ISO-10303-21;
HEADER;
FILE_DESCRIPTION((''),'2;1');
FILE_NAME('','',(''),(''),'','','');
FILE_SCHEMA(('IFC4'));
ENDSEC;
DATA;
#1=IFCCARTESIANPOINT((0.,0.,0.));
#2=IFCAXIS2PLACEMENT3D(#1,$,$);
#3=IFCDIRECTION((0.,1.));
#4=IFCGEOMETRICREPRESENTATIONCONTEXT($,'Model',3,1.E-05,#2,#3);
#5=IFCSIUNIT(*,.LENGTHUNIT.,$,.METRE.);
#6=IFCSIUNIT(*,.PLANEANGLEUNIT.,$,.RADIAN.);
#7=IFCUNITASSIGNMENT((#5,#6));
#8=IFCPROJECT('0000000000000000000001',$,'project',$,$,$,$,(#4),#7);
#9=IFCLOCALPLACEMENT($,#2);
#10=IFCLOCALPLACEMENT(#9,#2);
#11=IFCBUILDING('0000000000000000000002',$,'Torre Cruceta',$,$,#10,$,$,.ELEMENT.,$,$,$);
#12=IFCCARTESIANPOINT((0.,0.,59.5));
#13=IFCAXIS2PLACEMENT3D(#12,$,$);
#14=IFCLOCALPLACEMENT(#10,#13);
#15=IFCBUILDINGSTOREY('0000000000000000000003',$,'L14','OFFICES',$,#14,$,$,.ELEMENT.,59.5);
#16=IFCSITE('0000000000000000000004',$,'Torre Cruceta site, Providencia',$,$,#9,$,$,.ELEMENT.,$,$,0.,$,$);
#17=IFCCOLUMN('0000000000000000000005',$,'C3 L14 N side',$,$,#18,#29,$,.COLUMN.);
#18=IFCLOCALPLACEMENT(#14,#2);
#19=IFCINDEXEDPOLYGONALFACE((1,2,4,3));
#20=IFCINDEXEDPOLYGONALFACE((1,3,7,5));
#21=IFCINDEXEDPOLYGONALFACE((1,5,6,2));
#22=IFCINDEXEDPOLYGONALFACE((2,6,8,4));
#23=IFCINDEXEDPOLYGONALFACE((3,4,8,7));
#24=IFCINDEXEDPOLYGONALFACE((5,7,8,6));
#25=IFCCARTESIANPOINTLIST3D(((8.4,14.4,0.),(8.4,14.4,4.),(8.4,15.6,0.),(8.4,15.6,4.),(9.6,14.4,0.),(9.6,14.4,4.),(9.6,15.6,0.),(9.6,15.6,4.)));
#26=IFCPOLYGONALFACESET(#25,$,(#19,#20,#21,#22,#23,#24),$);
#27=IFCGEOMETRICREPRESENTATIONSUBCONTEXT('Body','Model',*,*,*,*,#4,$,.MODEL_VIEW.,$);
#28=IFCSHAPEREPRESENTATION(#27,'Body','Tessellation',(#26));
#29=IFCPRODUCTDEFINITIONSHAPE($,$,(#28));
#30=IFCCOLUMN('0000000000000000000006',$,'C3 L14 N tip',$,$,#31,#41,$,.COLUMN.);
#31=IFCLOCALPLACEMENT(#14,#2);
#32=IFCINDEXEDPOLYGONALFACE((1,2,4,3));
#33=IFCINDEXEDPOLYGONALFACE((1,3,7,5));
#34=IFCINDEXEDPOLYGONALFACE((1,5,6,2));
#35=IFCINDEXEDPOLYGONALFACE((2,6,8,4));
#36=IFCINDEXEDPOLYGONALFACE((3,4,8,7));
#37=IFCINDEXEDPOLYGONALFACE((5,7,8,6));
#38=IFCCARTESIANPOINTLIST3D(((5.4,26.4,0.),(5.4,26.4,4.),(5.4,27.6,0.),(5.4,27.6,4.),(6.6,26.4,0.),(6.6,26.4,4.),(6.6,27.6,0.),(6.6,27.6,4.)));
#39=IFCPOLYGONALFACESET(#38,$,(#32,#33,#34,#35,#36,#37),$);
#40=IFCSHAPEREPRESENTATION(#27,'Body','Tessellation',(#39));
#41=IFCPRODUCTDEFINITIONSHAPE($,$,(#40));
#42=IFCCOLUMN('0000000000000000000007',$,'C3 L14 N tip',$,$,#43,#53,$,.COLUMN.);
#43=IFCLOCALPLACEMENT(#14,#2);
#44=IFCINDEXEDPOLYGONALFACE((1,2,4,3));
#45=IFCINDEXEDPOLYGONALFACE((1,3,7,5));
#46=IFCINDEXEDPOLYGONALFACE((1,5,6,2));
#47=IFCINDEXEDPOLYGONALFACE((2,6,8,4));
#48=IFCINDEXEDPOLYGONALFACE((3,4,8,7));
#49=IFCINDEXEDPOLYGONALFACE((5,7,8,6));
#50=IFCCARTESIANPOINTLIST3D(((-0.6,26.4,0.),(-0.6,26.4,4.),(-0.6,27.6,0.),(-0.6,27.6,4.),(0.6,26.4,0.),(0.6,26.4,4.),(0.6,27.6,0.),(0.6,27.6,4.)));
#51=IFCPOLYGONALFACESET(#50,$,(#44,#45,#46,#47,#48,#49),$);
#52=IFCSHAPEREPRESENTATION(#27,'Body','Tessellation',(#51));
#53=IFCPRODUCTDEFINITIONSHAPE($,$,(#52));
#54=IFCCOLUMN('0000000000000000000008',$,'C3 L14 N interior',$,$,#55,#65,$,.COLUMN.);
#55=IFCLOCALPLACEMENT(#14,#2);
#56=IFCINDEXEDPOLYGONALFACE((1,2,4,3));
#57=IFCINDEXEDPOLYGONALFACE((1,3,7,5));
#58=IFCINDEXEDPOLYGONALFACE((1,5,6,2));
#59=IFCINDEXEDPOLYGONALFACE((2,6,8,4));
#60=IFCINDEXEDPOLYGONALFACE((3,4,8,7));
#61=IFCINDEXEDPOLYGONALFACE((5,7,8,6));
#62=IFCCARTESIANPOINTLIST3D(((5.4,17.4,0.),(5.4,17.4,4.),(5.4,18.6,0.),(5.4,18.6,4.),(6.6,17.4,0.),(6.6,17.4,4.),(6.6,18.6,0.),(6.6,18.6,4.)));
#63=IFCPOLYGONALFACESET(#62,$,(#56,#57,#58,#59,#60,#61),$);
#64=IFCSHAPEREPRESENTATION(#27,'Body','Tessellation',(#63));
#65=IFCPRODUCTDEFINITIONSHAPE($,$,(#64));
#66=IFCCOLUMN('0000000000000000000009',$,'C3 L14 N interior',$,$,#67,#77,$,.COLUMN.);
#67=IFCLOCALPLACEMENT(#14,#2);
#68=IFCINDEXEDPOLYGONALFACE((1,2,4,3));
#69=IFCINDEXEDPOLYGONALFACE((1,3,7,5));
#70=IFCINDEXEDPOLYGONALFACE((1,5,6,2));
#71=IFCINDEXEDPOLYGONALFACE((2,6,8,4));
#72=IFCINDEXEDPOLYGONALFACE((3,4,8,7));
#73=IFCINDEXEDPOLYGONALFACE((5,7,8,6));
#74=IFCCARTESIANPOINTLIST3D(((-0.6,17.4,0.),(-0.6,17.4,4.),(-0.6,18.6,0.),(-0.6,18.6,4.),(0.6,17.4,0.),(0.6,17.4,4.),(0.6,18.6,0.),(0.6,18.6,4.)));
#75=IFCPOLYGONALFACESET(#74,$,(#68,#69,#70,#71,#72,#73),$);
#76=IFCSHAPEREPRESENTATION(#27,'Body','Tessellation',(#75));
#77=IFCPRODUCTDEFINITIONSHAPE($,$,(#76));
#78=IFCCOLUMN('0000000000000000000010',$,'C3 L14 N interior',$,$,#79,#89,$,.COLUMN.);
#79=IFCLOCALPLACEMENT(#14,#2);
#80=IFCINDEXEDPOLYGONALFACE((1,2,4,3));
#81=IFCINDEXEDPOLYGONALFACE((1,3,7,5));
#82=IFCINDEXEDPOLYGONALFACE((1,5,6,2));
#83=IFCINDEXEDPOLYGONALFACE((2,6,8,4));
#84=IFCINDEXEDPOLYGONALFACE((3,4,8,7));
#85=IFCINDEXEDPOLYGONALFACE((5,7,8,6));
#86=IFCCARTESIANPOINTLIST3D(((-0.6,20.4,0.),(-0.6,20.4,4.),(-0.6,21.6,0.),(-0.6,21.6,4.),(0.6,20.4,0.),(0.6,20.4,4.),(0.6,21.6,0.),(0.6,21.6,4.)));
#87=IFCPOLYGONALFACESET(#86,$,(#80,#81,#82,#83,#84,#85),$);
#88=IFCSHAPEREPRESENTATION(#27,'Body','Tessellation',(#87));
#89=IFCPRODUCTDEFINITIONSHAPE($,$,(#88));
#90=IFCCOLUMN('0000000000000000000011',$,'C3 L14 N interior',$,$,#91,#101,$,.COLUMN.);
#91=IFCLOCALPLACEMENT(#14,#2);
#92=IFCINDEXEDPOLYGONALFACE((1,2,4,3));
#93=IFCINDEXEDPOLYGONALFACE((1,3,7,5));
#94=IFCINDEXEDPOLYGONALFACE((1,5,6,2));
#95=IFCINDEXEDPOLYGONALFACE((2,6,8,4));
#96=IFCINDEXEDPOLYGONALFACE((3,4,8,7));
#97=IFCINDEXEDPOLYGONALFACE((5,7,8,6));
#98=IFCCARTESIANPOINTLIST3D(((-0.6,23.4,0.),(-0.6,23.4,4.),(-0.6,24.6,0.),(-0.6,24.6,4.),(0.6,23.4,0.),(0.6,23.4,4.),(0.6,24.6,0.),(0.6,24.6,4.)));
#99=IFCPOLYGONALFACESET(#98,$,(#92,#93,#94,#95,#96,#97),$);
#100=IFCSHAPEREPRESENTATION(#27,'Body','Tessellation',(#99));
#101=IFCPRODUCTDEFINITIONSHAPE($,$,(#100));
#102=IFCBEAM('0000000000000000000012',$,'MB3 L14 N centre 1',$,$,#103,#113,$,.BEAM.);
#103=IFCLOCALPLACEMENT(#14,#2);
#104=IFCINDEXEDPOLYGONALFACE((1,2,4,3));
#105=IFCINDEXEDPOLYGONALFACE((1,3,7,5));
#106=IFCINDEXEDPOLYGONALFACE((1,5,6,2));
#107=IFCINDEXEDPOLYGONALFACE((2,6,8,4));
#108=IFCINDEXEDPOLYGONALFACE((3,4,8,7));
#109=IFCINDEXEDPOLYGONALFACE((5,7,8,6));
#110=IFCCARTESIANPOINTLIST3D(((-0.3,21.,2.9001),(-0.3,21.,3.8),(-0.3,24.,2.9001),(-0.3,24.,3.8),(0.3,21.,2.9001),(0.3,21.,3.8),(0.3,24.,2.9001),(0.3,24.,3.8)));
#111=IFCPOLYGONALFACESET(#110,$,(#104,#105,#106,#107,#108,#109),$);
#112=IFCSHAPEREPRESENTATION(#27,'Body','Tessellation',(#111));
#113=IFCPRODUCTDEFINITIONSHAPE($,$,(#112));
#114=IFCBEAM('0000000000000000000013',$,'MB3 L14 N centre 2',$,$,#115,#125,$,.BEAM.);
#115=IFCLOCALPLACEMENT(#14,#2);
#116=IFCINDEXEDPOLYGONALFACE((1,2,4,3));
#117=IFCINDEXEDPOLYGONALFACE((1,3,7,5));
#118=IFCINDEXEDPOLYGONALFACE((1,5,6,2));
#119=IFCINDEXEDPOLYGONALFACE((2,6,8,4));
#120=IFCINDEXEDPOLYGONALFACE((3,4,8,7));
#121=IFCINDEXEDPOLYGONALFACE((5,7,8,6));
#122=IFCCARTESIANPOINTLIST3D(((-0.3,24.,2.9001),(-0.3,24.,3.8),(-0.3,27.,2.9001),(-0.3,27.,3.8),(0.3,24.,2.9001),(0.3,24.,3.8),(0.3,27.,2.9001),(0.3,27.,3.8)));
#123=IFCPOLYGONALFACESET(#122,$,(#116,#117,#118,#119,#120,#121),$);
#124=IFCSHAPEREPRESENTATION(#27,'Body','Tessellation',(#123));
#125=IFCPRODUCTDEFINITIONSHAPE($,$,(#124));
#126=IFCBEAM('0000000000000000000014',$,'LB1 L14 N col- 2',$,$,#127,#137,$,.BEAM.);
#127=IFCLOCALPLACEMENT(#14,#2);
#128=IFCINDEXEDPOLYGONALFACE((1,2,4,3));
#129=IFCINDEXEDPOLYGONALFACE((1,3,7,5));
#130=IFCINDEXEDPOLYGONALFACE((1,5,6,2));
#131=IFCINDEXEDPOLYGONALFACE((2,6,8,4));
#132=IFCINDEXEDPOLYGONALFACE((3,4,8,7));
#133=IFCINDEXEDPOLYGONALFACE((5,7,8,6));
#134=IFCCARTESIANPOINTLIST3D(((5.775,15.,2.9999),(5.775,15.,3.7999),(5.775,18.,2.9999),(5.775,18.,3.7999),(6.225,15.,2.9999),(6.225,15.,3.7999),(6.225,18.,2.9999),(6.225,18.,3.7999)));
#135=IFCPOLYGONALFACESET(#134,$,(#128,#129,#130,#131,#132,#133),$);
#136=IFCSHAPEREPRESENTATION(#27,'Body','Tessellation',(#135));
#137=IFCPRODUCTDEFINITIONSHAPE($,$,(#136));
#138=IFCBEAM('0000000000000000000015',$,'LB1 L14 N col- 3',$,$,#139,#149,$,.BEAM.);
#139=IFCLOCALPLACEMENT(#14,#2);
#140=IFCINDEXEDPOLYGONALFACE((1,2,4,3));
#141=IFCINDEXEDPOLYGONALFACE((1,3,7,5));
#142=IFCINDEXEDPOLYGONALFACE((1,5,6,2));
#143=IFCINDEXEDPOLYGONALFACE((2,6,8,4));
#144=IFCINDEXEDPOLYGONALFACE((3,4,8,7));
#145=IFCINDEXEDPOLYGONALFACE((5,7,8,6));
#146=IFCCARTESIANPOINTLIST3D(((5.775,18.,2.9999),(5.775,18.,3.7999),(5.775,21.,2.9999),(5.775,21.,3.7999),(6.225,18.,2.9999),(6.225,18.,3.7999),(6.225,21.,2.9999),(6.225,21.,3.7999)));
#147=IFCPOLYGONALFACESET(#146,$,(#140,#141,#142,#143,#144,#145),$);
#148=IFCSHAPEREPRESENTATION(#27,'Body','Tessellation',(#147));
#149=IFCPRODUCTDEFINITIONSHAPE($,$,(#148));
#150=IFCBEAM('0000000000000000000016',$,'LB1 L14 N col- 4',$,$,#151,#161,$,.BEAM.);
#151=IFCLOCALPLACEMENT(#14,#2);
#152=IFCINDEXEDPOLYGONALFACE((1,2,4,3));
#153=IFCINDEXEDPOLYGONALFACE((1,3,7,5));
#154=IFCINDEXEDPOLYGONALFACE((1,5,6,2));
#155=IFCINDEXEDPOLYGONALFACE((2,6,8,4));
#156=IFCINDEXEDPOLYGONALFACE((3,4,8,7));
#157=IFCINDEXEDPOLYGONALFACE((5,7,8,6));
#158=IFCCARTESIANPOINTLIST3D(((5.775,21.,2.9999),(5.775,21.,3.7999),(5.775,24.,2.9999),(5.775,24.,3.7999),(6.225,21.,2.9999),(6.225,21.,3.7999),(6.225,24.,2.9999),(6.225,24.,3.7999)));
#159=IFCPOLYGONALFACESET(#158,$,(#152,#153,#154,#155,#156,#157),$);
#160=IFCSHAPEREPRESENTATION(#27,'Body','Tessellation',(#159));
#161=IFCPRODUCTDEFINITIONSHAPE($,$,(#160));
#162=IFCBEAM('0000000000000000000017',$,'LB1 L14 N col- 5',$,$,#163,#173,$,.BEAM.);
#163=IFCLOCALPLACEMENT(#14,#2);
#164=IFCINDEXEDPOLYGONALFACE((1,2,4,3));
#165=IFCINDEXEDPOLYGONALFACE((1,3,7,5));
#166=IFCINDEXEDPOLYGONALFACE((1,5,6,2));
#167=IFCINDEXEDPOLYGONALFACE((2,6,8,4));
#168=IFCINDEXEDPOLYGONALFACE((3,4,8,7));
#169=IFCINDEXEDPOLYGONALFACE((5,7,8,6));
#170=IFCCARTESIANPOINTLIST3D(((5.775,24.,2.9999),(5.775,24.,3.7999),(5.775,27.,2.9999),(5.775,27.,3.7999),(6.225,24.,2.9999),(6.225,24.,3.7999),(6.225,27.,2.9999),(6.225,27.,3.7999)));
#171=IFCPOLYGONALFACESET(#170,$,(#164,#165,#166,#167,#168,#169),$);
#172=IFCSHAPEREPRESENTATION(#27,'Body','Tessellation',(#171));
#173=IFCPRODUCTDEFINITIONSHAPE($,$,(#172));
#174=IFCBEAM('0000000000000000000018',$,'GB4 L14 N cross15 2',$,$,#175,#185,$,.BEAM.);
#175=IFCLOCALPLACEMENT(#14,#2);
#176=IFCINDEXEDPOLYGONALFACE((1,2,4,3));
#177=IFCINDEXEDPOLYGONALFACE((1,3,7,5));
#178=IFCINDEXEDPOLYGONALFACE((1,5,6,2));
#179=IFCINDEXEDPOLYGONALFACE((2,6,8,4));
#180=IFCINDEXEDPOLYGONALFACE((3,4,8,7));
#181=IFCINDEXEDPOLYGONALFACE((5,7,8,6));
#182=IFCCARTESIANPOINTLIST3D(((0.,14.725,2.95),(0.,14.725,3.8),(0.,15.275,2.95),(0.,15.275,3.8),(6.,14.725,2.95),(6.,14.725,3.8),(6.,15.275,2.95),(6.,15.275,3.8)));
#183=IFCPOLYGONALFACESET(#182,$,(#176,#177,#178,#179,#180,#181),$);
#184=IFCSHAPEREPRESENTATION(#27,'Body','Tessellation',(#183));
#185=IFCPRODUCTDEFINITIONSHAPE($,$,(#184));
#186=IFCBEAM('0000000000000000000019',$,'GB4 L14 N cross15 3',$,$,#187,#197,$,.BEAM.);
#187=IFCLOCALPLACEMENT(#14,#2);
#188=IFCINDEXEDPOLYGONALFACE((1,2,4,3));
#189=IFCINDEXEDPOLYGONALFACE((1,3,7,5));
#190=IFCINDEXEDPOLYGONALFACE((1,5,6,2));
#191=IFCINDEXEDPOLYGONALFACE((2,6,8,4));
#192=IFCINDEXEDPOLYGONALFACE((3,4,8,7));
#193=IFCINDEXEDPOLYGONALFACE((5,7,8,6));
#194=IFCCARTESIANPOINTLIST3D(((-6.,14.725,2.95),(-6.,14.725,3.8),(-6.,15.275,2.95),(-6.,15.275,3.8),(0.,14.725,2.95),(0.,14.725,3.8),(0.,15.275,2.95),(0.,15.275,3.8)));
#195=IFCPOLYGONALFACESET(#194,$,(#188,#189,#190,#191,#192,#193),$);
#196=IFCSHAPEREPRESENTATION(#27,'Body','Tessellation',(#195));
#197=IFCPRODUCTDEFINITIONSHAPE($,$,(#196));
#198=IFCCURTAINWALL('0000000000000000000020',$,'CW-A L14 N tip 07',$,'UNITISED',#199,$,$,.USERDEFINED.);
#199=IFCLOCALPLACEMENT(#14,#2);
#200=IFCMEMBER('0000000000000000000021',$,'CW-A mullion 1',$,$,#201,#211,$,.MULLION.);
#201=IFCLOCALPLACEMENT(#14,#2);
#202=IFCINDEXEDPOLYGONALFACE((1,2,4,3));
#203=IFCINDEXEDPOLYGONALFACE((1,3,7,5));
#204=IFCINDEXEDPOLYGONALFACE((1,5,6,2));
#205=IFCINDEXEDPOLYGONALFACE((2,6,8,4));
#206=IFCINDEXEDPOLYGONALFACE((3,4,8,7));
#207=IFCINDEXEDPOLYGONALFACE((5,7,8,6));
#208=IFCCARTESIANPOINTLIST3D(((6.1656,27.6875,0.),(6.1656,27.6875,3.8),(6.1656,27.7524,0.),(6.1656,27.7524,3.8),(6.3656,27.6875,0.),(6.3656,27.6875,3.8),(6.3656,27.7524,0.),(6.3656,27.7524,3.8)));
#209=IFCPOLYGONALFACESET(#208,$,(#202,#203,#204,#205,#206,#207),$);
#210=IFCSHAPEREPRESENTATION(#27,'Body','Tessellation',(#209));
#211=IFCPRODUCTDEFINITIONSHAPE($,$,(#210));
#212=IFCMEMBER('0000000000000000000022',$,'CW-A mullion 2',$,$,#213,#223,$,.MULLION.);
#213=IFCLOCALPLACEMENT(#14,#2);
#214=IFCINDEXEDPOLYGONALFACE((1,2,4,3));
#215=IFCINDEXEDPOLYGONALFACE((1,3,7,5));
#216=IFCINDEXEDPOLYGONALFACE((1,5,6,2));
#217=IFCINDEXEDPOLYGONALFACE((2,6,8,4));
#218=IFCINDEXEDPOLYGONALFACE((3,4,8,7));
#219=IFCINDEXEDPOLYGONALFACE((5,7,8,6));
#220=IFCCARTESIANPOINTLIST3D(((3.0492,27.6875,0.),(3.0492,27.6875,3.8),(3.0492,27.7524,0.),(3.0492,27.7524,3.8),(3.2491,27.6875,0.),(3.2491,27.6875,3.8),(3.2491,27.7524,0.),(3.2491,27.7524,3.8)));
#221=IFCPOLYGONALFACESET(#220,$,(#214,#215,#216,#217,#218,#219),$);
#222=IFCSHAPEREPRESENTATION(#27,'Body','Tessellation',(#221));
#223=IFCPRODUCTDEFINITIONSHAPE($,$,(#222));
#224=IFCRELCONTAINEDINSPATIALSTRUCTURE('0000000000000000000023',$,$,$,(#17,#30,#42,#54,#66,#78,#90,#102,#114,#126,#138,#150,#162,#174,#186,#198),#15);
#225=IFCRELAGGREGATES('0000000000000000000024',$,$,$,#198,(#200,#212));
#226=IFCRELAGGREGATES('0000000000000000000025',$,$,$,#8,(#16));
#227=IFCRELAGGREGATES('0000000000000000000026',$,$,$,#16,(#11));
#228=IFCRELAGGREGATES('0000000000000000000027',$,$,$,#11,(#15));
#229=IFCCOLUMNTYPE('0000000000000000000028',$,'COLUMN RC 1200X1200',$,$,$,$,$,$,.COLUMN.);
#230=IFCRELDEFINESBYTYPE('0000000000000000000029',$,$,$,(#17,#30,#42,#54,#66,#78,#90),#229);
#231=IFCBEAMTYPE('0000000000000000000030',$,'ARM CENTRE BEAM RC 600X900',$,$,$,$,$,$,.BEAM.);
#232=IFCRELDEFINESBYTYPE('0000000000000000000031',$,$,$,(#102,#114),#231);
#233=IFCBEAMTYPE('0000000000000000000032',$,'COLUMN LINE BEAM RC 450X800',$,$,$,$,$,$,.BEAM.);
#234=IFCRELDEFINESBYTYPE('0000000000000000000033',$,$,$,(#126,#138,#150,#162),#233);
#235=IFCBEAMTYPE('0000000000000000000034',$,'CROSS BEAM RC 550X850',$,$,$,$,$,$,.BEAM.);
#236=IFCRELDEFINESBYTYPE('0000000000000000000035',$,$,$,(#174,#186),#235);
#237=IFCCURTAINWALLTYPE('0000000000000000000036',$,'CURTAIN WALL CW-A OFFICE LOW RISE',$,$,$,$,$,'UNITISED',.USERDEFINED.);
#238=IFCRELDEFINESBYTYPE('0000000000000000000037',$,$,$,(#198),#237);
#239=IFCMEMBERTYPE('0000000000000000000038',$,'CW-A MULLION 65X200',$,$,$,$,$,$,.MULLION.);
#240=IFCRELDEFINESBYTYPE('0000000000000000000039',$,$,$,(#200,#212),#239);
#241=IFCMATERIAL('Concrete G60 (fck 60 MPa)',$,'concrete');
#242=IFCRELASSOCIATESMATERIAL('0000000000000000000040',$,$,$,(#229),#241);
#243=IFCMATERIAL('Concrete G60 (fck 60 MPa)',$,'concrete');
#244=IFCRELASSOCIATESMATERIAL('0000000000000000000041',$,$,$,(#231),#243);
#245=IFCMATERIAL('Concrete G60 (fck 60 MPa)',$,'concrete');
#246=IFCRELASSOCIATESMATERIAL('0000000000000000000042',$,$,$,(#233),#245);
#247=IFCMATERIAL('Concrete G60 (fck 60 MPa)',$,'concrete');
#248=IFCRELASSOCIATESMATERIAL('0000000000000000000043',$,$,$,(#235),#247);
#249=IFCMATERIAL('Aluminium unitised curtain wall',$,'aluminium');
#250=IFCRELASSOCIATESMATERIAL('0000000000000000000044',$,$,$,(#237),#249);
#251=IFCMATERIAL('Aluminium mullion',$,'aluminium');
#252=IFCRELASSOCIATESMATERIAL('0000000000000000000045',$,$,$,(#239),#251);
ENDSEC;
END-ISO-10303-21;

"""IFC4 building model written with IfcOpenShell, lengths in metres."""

from ifc_helpers import new_model, si_unit, direction, frame, origin, origin_2d, place, context, subcontext, project, spatial, rectangle, extrude, material, material_profile, profile_set, type_object, element, aggregate, save


model = new_model("IFC4")

# Units and contexts
model_context = context("Model", 3, precision=1e-05, world=origin(), true_north=direction((0.0, 1.0)))
body_context = subcontext(model_context, "Body", "Model", "MODEL_VIEW")
ifc_project = project(units=[si_unit("LENGTHUNIT", "METRE"), si_unit("PLANEANGLEUNIT", "RADIAN")], contexts=[model_context])

# Site, building, storey
site_placement = place(None, origin())
site = spatial("IfcSite", under=ifc_project, at=site_placement, Name="Torre Cruceta site, Providencia", CompositionType="ELEMENT", RefElevation=0.0)
building_placement = place(site_placement, origin())
building = spatial("IfcBuilding", under=site, at=building_placement, Name="Torre Cruceta", CompositionType="ELEMENT")
storey_placement = place(building_placement, frame((0.0, 0.0, 59.5)))
storey = spatial("IfcBuildingStorey", under=building, at=storey_placement, Name="L14", Description="OFFICES", CompositionType="ELEMENT", Elevation=59.5)

# Columns
ifc_material_1 = material(Name="Concrete G60 (fck 60 MPa)", Category="concrete")
ifc_material_profile_1 = material_profile(ifc_material_1, rectangle(XDim=1.2, YDim=1.2, at=origin_2d()), Name="RC 1200X1200")
ifc_profile_set_1 = profile_set([ifc_material_profile_1], Name="Concrete G60 (fck 60 MPa)")
column_type = type_object("IfcColumnType", Name="COLUMN RC 1200X1200", PredefinedType="COLUMN", material=ifc_profile_set_1)
for number, where, z_axis, x_axis, name in (
    (1, (9.0, 15.0, 0.0), (0.0, 0.0, 1.0), (1.0, 0.0, 0.0), "C3 L14 N side"),
    (2, (6.0, 27.0, 0.0), (0.0, 0.0, 1.0), (1.0, 0.0, 0.0), "C3 L14 N tip"),
    (3, (0.0, 27.0, 0.0), (0.0, 0.0, 1.0), (1.0, 0.0, 0.0), "C3 L14 N tip"),
    (4, (6.0, 18.0, 0.0), (0.0, 0.0, 1.0), (1.0, 0.0, 0.0), "C3 L14 N interior"),
    (5, (0.0, 18.0, 0.0), (0.0, 0.0, 1.0), (1.0, 0.0, 0.0), "C3 L14 N interior"),
    (6, (0.0, 21.0, 0.0), (0.0, 0.0, 1.0), (1.0, 0.0, 0.0), "C3 L14 N interior"),
    (7, (0.0, 24.0, 0.0), (0.0, 0.0, 1.0), (1.0, 0.0, 0.0), "C3 L14 N interior"),
):
    element("IfcColumn", number, at=place(storey_placement, frame(where, z_axis=z_axis, x_axis=x_axis)), inside=storey, type_object=column_type, Name=name, PredefinedType="COLUMN", context=body_context, shape_type="SweptSolid", body=[
        extrude(rectangle(XDim=1.2, YDim=1.2, at=origin_2d()), origin(), (0.0, 0.0, 1.0), 4.0),
    ])

# Beams
ifc_material_2 = material(Name="Concrete G60 (fck 60 MPa)", Category="concrete")
ifc_material_profile_2 = material_profile(ifc_material_2, rectangle(XDim=0.6001, YDim=0.8999, at=origin_2d()), Name="RC 600X900")
ifc_profile_set_2 = profile_set([ifc_material_profile_2], Name="Concrete G60 (fck 60 MPa)")
beam_type_1 = type_object("IfcBeamType", Name="ARM CENTRE BEAM RC 600X900", PredefinedType="BEAM", material=ifc_profile_set_2)
for number, where, z_axis, x_axis, name in (
    (8, (0.0, 21.0, 3.3501), (0.0, 1.0, 0.0), (-1.0, 0.0, 0.0), "MB3 L14 N centre 1"),
    (9, (0.0, 24.0, 3.3501), (0.0, 1.0, 0.0), (-1.0, 0.0, 0.0), "MB3 L14 N centre 2"),
):
    element("IfcBeam", number, at=place(storey_placement, frame(where, z_axis=z_axis, x_axis=x_axis)), inside=storey, type_object=beam_type_1, Name=name, PredefinedType="BEAM", context=body_context, shape_type="SweptSolid", body=[
        extrude(rectangle(XDim=0.6001, YDim=0.8999, at=origin_2d()), origin(), (0.0, 0.0, 1.0), 3.0),
    ])
ifc_material_3 = material(Name="Concrete G60 (fck 60 MPa)", Category="concrete")
ifc_material_profile_3 = material_profile(ifc_material_3, rectangle(XDim=0.45, YDim=0.8, at=origin_2d()), Name="RC 450X800")
ifc_profile_set_3 = profile_set([ifc_material_profile_3], Name="Concrete G60 (fck 60 MPa)")
beam_type_2 = type_object("IfcBeamType", Name="COLUMN LINE BEAM RC 450X800", PredefinedType="BEAM", material=ifc_profile_set_3)
for number, where, z_axis, x_axis, name in (
    (10, (6.0, 15.0, 3.3999), (0.0, 1.0, 0.0), (-1.0, 0.0, 0.0), "LB1 L14 N col- 2"),
    (11, (6.0, 18.0, 3.3999), (0.0, 1.0, 0.0), (-1.0, 0.0, 0.0), "LB1 L14 N col- 3"),
    (12, (6.0, 21.0, 3.3999), (0.0, 1.0, 0.0), (-1.0, 0.0, 0.0), "LB1 L14 N col- 4"),
    (13, (6.0, 24.0, 3.3999), (0.0, 1.0, 0.0), (-1.0, 0.0, 0.0), "LB1 L14 N col- 5"),
):
    element("IfcBeam", number, at=place(storey_placement, frame(where, z_axis=z_axis, x_axis=x_axis)), inside=storey, type_object=beam_type_2, Name=name, PredefinedType="BEAM", context=body_context, shape_type="SweptSolid", body=[
        extrude(rectangle(XDim=0.45, YDim=0.8, at=origin_2d()), origin(), (0.0, 0.0, 1.0), 3.0),
    ])
ifc_material_4 = material(Name="Concrete G60 (fck 60 MPa)", Category="concrete")
ifc_material_profile_4 = material_profile(ifc_material_4, rectangle(XDim=0.55, YDim=0.8501, at=origin_2d()), Name="RC 550X850")
ifc_profile_set_4 = profile_set([ifc_material_profile_4], Name="Concrete G60 (fck 60 MPa)")
beam_type_3 = type_object("IfcBeamType", Name="CROSS BEAM RC 550X850", PredefinedType="BEAM", material=ifc_profile_set_4)
for number, where, z_axis, x_axis, name in (
    (14, (6.0, 15.0, 3.375), (-1.0, 0.0, 0.0), (0.0, -1.0, 0.0), "GB4 L14 N cross15 2"),
    (15, (0.0, 15.0, 3.375), (-1.0, 0.0, 0.0), (0.0, -1.0, 0.0), "GB4 L14 N cross15 3"),
):
    element("IfcBeam", number, at=place(storey_placement, frame(where, z_axis=z_axis, x_axis=x_axis)), inside=storey, type_object=beam_type_3, Name=name, PredefinedType="BEAM", context=body_context, shape_type="SweptSolid", body=[
        extrude(rectangle(XDim=0.55, YDim=0.8501, at=origin_2d()), origin(), (0.0, 0.0, 1.0), 6.0),
    ])

# Curtain wall, members
ifc_material_5 = material(Name="Aluminium unitised curtain wall", Category="aluminium")
curtain_wall_type = type_object("IfcCurtainWallType", Name="CURTAIN WALL CW-A OFFICE LOW RISE", ElementType="UNITISED", PredefinedType="USERDEFINED", material=ifc_material_5)
curtain_wall_placement = place(storey_placement, origin())
curtain_wall = element("IfcCurtainWall", 16, at=curtain_wall_placement, inside=storey, type_object=curtain_wall_type, Name="CW-A L14 N tip 07", ObjectType="UNITISED", PredefinedType="USERDEFINED")
ifc_material_6 = material(Name="Aluminium mullion", Category="aluminium")
ifc_material_profile_5 = material_profile(ifc_material_6, rectangle(XDim=0.0649, YDim=0.2, at=origin_2d()), Name="AL 65X200")
ifc_profile_set_5 = profile_set([ifc_material_profile_5], Name="Aluminium mullion")
member_type_1 = type_object("IfcMemberType", Name="CW-A MULLION 65X200", PredefinedType="MULLION", material=ifc_profile_set_5)
member_1_placement = place(storey_placement, frame((6.2656, 27.72, 0.0), z_axis=(0.0, 0.0, 1.0), x_axis=(0.0, -1.0, 0.0)))
member_1 = element("IfcMember", 17, at=member_1_placement, type_object=member_type_1, Name="CW-A mullion 1", PredefinedType="MULLION", context=body_context, shape_type="SweptSolid", body=[
    extrude(rectangle(XDim=0.0649, YDim=0.2, at=origin_2d()), origin(), (0.0, 0.0, 1.0), 3.8),
])
member_2_placement = place(storey_placement, frame((3.1492, 27.72, 0.0), z_axis=(0.0, 0.0, 1.0), x_axis=(0.0, -1.0, 0.0)))
member_2 = element("IfcMember", 18, at=member_2_placement, type_object=member_type_1, Name="CW-A mullion 2", PredefinedType="MULLION", context=body_context, shape_type="SweptSolid", body=[
    extrude(rectangle(XDim=0.0649, YDim=0.2, at=origin_2d()), origin(), (0.0, 0.0, 1.0), 3.8),
])

aggregate(curtain_wall, [member_1, member_2])

save(model, "model.ifc")
